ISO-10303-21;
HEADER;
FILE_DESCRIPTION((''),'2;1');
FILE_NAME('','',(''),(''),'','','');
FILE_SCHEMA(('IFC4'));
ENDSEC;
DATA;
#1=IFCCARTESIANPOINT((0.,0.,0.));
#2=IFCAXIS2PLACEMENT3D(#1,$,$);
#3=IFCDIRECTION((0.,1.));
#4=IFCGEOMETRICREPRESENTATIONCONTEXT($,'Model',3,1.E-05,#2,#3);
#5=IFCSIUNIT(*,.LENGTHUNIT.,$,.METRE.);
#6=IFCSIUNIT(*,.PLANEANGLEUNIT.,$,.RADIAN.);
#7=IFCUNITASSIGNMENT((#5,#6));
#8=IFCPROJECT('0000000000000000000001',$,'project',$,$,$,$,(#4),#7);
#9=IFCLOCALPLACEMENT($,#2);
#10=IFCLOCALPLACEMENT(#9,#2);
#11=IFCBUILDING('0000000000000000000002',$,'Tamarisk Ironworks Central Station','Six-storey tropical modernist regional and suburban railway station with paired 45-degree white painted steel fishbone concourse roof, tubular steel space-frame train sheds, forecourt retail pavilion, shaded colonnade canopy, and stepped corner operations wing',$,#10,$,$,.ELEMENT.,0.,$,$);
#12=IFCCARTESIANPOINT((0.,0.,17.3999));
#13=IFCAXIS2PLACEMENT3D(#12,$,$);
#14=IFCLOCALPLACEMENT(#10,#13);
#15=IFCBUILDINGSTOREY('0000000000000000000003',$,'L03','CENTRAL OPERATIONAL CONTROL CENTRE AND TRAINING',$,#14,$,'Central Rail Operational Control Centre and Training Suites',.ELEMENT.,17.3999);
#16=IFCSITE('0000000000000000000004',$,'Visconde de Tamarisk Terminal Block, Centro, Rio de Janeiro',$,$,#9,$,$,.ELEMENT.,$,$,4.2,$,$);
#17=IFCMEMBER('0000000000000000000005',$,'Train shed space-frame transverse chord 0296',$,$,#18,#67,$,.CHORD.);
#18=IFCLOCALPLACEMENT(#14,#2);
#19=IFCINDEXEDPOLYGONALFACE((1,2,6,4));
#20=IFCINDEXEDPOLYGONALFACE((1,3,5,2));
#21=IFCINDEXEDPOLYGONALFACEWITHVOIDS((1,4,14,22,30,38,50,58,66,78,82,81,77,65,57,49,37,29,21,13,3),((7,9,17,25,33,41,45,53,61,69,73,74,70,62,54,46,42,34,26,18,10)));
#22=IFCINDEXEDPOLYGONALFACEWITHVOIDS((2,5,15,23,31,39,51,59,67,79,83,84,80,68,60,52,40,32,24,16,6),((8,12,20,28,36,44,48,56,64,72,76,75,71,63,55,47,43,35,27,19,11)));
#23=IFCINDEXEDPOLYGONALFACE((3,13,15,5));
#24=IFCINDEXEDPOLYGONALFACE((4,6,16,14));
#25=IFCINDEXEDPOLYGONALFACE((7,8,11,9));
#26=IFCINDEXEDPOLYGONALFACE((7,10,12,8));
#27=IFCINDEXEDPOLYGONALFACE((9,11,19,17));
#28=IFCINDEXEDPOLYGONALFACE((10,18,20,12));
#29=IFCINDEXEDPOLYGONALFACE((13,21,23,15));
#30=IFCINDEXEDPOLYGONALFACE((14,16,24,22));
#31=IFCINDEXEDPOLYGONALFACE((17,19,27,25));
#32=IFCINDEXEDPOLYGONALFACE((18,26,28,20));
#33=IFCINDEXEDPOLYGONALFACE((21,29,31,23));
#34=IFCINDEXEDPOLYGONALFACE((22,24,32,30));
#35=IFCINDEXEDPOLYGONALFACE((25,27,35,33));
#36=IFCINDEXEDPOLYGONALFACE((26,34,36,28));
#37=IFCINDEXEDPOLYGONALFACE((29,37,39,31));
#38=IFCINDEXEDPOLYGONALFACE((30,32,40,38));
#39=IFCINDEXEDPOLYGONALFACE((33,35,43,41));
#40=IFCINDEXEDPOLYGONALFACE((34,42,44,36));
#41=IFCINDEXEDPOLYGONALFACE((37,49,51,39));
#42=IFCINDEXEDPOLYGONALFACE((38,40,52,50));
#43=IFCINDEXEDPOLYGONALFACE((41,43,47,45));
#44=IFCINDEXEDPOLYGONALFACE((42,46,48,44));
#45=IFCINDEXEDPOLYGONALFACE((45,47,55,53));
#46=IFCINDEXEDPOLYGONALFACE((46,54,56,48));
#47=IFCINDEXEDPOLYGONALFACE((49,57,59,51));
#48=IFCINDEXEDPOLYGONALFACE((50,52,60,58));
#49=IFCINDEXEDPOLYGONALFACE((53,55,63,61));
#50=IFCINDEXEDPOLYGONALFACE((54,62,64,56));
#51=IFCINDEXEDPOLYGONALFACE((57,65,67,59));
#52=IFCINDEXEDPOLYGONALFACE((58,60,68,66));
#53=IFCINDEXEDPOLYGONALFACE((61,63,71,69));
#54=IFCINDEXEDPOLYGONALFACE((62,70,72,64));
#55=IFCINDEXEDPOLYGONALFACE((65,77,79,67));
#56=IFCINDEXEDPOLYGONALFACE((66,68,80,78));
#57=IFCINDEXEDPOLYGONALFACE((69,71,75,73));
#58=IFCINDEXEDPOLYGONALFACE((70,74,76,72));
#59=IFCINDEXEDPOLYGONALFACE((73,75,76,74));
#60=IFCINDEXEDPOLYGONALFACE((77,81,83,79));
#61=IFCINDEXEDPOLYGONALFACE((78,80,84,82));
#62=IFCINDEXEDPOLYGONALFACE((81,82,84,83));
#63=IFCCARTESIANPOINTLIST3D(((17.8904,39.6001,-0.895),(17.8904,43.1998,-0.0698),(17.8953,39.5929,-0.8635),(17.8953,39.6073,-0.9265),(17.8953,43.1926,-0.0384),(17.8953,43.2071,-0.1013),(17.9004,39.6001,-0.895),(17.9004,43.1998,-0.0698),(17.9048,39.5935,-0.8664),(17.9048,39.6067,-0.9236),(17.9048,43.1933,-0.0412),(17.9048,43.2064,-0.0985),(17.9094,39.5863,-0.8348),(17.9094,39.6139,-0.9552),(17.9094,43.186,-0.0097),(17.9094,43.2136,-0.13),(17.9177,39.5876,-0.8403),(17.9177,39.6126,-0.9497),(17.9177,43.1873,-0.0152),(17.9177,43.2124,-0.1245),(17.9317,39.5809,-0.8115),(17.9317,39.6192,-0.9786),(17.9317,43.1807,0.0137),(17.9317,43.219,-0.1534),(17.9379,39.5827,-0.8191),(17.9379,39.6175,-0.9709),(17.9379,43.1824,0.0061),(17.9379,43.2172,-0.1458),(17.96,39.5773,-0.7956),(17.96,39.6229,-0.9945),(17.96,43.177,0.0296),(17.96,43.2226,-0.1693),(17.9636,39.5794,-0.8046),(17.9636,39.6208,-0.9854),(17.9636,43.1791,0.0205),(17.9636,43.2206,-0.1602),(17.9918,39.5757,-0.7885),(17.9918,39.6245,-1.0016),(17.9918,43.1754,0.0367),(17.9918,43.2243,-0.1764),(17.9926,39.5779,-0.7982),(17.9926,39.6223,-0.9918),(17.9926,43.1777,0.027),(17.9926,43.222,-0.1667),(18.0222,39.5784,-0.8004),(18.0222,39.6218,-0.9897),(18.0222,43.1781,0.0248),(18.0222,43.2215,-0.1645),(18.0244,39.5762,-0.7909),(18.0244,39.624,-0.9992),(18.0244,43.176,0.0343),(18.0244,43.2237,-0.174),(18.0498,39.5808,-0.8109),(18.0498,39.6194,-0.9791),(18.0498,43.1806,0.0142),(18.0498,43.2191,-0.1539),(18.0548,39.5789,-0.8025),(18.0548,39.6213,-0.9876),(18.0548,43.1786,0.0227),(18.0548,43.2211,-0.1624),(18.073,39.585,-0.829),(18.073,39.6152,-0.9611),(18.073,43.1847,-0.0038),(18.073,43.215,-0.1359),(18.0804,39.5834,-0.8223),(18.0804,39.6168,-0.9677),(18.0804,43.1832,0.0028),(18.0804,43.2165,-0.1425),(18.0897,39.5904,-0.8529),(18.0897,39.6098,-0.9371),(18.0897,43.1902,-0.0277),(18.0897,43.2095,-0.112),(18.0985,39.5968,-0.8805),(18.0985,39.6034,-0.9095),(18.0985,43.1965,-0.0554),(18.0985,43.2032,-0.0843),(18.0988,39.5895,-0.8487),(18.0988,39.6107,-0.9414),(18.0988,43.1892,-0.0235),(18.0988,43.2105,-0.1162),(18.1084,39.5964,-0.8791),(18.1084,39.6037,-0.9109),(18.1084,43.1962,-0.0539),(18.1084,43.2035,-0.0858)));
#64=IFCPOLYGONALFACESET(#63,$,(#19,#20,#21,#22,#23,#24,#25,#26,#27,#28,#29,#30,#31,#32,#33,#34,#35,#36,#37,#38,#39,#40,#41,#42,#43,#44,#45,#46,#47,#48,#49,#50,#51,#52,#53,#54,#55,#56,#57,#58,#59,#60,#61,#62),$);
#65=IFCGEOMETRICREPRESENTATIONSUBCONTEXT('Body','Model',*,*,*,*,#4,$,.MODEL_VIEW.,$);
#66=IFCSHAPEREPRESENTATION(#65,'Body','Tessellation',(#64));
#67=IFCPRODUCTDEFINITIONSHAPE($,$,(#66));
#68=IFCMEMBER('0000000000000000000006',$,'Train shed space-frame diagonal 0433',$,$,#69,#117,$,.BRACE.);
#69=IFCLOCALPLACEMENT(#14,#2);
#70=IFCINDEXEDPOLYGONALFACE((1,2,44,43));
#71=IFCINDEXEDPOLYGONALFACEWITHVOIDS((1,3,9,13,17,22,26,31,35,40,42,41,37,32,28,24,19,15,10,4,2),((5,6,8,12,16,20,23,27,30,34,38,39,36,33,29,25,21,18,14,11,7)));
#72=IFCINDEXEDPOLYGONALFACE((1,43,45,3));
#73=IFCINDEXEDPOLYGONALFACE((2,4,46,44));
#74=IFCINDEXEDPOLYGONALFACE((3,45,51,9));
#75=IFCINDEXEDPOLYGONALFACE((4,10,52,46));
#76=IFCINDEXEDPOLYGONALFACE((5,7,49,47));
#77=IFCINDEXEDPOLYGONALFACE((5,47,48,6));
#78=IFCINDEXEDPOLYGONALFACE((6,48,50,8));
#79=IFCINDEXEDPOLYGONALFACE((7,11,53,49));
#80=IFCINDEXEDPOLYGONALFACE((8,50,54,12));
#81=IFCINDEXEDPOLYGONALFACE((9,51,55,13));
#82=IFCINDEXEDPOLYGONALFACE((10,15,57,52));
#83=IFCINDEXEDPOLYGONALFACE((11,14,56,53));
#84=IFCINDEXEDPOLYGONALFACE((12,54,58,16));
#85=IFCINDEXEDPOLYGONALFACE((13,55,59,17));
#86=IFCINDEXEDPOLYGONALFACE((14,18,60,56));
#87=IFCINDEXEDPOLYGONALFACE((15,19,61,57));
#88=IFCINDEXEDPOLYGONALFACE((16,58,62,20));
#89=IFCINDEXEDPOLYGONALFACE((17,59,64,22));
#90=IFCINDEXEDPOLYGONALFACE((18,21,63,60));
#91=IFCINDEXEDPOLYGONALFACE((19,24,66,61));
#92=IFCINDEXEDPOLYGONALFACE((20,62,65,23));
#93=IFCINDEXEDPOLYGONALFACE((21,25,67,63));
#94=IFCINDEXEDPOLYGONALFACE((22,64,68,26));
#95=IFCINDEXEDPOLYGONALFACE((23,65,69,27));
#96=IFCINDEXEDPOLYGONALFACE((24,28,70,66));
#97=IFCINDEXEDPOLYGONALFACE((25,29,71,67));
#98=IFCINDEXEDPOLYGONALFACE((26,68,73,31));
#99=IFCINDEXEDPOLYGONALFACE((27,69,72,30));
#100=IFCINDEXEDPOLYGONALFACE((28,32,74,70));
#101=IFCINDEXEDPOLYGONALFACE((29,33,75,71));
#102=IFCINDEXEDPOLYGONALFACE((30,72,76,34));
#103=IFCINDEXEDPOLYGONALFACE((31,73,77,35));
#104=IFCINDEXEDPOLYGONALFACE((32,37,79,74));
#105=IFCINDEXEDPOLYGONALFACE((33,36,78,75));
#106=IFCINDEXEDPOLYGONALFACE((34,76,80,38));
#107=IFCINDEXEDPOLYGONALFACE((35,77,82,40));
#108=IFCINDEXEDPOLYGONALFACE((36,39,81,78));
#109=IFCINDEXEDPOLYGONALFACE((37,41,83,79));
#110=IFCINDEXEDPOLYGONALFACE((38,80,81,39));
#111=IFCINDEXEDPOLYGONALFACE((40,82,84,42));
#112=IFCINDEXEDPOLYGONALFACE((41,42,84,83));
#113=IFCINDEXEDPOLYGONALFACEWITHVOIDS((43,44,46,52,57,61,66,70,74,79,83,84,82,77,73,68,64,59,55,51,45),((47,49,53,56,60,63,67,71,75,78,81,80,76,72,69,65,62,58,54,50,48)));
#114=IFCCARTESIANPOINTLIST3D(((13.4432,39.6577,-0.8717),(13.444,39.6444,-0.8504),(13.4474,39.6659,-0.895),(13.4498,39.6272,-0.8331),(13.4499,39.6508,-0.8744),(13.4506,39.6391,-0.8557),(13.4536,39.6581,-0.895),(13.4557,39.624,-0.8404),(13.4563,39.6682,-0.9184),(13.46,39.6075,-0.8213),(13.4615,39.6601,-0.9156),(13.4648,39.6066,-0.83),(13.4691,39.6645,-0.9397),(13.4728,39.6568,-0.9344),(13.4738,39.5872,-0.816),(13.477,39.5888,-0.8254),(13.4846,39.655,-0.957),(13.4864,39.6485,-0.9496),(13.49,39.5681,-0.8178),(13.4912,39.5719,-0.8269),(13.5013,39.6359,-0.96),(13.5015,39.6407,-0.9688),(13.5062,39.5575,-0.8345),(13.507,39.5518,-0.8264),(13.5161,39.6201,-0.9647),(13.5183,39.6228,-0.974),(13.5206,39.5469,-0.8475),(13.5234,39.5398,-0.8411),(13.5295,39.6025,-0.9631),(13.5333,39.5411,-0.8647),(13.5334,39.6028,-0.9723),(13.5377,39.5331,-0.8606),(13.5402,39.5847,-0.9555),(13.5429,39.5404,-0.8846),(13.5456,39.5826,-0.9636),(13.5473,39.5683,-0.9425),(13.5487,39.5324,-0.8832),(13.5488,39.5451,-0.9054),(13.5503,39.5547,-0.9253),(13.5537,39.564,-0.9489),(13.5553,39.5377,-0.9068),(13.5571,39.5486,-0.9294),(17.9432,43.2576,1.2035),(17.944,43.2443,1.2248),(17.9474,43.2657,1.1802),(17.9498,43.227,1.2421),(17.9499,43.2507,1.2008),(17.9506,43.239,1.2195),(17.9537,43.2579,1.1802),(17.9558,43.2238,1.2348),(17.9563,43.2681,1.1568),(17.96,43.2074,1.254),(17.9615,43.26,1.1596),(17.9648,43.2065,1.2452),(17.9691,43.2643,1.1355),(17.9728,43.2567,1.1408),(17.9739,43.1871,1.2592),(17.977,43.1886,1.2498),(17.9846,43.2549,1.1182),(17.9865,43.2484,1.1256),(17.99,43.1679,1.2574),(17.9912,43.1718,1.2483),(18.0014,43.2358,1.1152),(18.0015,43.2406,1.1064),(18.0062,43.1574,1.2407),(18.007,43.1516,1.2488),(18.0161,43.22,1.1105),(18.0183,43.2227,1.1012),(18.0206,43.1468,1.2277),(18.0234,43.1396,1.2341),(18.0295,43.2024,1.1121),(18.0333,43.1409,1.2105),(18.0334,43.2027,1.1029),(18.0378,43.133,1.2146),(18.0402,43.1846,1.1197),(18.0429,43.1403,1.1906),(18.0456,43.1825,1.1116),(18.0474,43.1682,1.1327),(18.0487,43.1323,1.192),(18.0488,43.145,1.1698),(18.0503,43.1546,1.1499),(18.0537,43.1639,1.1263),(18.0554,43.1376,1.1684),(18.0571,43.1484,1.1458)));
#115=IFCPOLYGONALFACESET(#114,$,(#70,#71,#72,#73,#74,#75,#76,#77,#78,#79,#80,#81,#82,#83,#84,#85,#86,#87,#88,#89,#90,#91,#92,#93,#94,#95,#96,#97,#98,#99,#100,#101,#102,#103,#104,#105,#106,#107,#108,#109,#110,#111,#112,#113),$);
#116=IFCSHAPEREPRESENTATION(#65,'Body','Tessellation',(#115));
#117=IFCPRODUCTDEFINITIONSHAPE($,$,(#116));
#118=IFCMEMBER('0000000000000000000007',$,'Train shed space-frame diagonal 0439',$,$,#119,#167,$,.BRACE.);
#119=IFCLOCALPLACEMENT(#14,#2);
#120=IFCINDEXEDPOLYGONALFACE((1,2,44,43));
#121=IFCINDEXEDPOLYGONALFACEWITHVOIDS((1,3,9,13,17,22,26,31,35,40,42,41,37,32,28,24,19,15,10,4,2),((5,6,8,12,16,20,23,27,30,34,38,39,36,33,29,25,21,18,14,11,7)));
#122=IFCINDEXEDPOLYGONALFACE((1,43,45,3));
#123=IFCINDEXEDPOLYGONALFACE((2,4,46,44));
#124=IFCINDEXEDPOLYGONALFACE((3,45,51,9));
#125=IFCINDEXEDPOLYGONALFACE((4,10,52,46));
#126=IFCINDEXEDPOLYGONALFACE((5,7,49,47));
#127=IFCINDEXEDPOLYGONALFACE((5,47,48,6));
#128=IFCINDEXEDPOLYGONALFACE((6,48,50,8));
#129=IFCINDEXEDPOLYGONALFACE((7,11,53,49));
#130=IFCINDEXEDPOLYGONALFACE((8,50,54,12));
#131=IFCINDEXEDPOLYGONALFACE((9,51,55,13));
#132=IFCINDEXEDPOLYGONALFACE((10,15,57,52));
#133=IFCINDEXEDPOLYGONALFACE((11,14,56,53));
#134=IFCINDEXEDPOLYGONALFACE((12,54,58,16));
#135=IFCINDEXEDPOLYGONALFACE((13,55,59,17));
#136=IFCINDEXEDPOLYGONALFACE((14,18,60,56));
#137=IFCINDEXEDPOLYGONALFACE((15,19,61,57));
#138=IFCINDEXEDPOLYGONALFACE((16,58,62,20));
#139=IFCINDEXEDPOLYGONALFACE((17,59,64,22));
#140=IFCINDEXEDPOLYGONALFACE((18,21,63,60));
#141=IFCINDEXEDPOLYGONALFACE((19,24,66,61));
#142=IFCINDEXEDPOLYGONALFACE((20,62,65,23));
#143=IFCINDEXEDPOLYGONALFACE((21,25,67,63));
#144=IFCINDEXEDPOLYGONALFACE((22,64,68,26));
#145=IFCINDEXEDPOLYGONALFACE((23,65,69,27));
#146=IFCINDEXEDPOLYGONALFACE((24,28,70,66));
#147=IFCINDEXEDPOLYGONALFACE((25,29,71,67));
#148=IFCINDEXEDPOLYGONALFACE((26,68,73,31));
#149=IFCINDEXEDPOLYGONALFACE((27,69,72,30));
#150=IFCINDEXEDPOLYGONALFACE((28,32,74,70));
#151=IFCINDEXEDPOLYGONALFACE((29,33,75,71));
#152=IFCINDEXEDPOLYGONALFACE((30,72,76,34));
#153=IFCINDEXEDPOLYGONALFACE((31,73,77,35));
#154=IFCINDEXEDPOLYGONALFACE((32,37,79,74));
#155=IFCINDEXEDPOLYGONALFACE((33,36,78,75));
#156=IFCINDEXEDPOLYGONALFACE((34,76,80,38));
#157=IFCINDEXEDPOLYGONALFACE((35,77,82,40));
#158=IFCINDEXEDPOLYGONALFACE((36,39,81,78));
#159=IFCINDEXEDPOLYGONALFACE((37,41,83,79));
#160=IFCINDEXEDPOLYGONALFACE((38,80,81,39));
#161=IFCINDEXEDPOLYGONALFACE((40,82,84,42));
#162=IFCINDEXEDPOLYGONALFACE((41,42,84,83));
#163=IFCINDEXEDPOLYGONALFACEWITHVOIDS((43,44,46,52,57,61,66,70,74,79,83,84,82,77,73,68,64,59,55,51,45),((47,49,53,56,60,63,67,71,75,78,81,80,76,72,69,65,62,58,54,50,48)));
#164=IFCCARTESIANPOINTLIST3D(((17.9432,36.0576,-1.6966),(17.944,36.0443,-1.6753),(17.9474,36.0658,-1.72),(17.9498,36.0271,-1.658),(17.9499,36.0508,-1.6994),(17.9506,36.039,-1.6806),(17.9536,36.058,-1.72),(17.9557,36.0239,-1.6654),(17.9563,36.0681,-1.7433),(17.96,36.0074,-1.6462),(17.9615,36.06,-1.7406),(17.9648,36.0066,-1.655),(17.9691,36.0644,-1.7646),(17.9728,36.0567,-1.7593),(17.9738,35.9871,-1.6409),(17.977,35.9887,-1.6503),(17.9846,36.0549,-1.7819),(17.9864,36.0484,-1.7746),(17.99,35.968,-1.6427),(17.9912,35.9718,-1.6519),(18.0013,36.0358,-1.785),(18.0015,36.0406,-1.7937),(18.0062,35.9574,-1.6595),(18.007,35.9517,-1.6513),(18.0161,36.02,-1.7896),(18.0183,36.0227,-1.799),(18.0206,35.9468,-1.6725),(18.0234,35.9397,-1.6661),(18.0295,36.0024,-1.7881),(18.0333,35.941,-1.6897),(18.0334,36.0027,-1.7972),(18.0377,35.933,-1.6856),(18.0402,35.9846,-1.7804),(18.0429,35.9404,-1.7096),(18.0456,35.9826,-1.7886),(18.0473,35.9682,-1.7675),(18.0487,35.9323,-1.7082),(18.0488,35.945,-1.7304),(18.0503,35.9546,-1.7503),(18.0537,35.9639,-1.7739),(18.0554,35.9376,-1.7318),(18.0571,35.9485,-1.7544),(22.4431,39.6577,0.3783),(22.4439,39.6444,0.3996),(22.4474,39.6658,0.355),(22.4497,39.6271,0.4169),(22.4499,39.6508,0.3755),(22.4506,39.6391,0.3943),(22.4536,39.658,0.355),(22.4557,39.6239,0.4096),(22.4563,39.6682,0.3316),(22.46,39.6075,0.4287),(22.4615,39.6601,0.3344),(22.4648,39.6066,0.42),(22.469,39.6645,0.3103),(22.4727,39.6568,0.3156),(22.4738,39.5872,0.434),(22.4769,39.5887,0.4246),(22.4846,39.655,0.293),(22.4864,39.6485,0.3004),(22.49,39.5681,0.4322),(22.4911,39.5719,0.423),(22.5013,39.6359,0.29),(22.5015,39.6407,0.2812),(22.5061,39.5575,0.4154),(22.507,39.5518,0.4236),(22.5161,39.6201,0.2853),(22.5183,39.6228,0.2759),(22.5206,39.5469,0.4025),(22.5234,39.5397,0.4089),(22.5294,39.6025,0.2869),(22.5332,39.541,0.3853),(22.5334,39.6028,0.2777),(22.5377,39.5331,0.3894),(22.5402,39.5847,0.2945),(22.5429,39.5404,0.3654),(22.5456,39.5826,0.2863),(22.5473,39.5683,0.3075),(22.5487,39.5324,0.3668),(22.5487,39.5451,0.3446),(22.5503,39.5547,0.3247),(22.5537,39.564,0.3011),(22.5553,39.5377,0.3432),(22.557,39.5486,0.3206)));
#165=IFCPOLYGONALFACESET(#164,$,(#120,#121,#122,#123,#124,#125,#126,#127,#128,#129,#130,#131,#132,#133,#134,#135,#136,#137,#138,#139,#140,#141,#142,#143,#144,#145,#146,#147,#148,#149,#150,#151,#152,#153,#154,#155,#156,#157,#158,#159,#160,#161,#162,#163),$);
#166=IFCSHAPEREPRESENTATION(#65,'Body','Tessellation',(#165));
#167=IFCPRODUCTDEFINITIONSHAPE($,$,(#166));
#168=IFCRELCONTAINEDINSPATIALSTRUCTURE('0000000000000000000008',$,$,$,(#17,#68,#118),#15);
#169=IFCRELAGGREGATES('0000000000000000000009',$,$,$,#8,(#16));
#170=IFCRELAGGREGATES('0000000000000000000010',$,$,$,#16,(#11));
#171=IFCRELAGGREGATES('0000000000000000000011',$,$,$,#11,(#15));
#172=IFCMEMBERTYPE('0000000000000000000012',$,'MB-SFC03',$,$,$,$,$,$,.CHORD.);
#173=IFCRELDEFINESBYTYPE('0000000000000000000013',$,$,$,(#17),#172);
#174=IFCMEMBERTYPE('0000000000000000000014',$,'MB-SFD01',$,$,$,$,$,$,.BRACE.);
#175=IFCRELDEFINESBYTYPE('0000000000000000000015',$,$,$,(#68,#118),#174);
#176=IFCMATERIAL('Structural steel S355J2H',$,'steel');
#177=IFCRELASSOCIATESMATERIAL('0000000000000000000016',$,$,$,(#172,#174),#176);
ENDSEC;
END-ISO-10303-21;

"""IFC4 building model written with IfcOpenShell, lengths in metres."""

from ifc_helpers import new_model, si_unit, direction, frame, origin, origin_2d, place, context, subcontext, project, spatial, hollow_circle, extrude, material, material_profile, profile_set, type_object, element, save


model = new_model("IFC4")

# Units and contexts
model_context = context("Model", 3, precision=1e-05, world=origin(), true_north=direction((0.0, 1.0)))
body_context = subcontext(model_context, "Body", "Model", "MODEL_VIEW")
ifc_project = project(units=[si_unit("LENGTHUNIT", "METRE"), si_unit("PLANEANGLEUNIT", "RADIAN")], contexts=[model_context])

# Site, building, storey
site_placement = place(None, origin())
site = spatial("IfcSite", under=ifc_project, at=site_placement, Name="Visconde de Tamarisk Terminal Block, Centro, Rio de Janeiro", CompositionType="ELEMENT", RefElevation=4.2)
building_placement = place(site_placement, origin())
building = spatial("IfcBuilding", under=site, at=building_placement, Name="Tamarisk Ironworks Central Station", Description="Six-storey tropical modernist regional and suburban railway station with paired 45-degree white painted steel fishbone concourse roof, tubular steel space-frame train sheds, forecourt retail pavilion, shaded colonnade canopy, and stepped corner operations wing", CompositionType="ELEMENT", ElevationOfRefHeight=0.0)
storey_placement = place(building_placement, frame((0.0, 0.0, 17.3999)))
storey = spatial("IfcBuildingStorey", under=building, at=storey_placement, Name="L03", Description="CENTRAL OPERATIONAL CONTROL CENTRE AND TRAINING", LongName="Central Rail Operational Control Centre and Training Suites", CompositionType="ELEMENT", Elevation=17.3999)

# Members
ifc_material_1 = material(Name="Structural steel S355J2H", Category="steel")
ifc_material_profile_1 = material_profile(ifc_material_1, hollow_circle(Radius=0.1096, WallThickness=0.01, at=origin_2d()), Name="CHS 219.1x10")
ifc_profile_set_1 = profile_set([ifc_material_profile_1], Name="Structural steel S355J2H")
member_type_1 = type_object("IfcMemberType", Name="MB-SFC03", PredefinedType="CHORD", material=ifc_profile_set_1)
member_1_placement = place(storey_placement, frame((18.0, 39.6001, -0.895), z_axis=(0.0, 0.974719, 0.223435), x_axis=(-1.0, 0.0, 0.0)))
element("IfcMember", 1, at=member_1_placement, inside=storey, type_object=member_type_1, Name="Train shed space-frame transverse chord 0296", PredefinedType="CHORD", context=body_context, shape_type="SweptSolid", body=[
    extrude(hollow_circle(Radius=0.1096, WallThickness=0.01, at=origin_2d()), origin(), (0.0, 0.0, 1.0), 3.6931),
])
ifc_material_profile_2 = material_profile(ifc_material_1, hollow_circle(Radius=0.0842, WallThickness=0.01, at=origin_2d()), Name="CHS 168.3x10")
ifc_profile_set_2 = profile_set([ifc_material_profile_2], Name="Structural steel S355J2H")
member_type_2 = type_object("IfcMemberType", Name="MB-SFD01", PredefinedType="BRACE", material=ifc_profile_set_2)
for number, where, z_axis, x_axis, name in (
    (2, (13.5, 39.6001, -0.895), (0.734696, 0.587733, 0.338809), (-0.62468, 0.780881, 0.0), "Train shed space-frame diagonal 0433"),
    (3, (18.0, 36.0, -1.72), (0.734689, 0.587767, 0.338765), (-0.624705, 0.780861, 0.0), "Train shed space-frame diagonal 0439"),
):
    element("IfcMember", number, at=place(storey_placement, frame(where, z_axis=z_axis, x_axis=x_axis)), inside=storey, type_object=member_type_2, Name=name, PredefinedType="BRACE", context=body_context, shape_type="SweptSolid", body=[
        extrude(hollow_circle(Radius=0.0842, WallThickness=0.01, at=origin_2d()), origin(), (0.0, 0.0, 1.0), 6.125),
    ])

save(model, "model.ifc")
